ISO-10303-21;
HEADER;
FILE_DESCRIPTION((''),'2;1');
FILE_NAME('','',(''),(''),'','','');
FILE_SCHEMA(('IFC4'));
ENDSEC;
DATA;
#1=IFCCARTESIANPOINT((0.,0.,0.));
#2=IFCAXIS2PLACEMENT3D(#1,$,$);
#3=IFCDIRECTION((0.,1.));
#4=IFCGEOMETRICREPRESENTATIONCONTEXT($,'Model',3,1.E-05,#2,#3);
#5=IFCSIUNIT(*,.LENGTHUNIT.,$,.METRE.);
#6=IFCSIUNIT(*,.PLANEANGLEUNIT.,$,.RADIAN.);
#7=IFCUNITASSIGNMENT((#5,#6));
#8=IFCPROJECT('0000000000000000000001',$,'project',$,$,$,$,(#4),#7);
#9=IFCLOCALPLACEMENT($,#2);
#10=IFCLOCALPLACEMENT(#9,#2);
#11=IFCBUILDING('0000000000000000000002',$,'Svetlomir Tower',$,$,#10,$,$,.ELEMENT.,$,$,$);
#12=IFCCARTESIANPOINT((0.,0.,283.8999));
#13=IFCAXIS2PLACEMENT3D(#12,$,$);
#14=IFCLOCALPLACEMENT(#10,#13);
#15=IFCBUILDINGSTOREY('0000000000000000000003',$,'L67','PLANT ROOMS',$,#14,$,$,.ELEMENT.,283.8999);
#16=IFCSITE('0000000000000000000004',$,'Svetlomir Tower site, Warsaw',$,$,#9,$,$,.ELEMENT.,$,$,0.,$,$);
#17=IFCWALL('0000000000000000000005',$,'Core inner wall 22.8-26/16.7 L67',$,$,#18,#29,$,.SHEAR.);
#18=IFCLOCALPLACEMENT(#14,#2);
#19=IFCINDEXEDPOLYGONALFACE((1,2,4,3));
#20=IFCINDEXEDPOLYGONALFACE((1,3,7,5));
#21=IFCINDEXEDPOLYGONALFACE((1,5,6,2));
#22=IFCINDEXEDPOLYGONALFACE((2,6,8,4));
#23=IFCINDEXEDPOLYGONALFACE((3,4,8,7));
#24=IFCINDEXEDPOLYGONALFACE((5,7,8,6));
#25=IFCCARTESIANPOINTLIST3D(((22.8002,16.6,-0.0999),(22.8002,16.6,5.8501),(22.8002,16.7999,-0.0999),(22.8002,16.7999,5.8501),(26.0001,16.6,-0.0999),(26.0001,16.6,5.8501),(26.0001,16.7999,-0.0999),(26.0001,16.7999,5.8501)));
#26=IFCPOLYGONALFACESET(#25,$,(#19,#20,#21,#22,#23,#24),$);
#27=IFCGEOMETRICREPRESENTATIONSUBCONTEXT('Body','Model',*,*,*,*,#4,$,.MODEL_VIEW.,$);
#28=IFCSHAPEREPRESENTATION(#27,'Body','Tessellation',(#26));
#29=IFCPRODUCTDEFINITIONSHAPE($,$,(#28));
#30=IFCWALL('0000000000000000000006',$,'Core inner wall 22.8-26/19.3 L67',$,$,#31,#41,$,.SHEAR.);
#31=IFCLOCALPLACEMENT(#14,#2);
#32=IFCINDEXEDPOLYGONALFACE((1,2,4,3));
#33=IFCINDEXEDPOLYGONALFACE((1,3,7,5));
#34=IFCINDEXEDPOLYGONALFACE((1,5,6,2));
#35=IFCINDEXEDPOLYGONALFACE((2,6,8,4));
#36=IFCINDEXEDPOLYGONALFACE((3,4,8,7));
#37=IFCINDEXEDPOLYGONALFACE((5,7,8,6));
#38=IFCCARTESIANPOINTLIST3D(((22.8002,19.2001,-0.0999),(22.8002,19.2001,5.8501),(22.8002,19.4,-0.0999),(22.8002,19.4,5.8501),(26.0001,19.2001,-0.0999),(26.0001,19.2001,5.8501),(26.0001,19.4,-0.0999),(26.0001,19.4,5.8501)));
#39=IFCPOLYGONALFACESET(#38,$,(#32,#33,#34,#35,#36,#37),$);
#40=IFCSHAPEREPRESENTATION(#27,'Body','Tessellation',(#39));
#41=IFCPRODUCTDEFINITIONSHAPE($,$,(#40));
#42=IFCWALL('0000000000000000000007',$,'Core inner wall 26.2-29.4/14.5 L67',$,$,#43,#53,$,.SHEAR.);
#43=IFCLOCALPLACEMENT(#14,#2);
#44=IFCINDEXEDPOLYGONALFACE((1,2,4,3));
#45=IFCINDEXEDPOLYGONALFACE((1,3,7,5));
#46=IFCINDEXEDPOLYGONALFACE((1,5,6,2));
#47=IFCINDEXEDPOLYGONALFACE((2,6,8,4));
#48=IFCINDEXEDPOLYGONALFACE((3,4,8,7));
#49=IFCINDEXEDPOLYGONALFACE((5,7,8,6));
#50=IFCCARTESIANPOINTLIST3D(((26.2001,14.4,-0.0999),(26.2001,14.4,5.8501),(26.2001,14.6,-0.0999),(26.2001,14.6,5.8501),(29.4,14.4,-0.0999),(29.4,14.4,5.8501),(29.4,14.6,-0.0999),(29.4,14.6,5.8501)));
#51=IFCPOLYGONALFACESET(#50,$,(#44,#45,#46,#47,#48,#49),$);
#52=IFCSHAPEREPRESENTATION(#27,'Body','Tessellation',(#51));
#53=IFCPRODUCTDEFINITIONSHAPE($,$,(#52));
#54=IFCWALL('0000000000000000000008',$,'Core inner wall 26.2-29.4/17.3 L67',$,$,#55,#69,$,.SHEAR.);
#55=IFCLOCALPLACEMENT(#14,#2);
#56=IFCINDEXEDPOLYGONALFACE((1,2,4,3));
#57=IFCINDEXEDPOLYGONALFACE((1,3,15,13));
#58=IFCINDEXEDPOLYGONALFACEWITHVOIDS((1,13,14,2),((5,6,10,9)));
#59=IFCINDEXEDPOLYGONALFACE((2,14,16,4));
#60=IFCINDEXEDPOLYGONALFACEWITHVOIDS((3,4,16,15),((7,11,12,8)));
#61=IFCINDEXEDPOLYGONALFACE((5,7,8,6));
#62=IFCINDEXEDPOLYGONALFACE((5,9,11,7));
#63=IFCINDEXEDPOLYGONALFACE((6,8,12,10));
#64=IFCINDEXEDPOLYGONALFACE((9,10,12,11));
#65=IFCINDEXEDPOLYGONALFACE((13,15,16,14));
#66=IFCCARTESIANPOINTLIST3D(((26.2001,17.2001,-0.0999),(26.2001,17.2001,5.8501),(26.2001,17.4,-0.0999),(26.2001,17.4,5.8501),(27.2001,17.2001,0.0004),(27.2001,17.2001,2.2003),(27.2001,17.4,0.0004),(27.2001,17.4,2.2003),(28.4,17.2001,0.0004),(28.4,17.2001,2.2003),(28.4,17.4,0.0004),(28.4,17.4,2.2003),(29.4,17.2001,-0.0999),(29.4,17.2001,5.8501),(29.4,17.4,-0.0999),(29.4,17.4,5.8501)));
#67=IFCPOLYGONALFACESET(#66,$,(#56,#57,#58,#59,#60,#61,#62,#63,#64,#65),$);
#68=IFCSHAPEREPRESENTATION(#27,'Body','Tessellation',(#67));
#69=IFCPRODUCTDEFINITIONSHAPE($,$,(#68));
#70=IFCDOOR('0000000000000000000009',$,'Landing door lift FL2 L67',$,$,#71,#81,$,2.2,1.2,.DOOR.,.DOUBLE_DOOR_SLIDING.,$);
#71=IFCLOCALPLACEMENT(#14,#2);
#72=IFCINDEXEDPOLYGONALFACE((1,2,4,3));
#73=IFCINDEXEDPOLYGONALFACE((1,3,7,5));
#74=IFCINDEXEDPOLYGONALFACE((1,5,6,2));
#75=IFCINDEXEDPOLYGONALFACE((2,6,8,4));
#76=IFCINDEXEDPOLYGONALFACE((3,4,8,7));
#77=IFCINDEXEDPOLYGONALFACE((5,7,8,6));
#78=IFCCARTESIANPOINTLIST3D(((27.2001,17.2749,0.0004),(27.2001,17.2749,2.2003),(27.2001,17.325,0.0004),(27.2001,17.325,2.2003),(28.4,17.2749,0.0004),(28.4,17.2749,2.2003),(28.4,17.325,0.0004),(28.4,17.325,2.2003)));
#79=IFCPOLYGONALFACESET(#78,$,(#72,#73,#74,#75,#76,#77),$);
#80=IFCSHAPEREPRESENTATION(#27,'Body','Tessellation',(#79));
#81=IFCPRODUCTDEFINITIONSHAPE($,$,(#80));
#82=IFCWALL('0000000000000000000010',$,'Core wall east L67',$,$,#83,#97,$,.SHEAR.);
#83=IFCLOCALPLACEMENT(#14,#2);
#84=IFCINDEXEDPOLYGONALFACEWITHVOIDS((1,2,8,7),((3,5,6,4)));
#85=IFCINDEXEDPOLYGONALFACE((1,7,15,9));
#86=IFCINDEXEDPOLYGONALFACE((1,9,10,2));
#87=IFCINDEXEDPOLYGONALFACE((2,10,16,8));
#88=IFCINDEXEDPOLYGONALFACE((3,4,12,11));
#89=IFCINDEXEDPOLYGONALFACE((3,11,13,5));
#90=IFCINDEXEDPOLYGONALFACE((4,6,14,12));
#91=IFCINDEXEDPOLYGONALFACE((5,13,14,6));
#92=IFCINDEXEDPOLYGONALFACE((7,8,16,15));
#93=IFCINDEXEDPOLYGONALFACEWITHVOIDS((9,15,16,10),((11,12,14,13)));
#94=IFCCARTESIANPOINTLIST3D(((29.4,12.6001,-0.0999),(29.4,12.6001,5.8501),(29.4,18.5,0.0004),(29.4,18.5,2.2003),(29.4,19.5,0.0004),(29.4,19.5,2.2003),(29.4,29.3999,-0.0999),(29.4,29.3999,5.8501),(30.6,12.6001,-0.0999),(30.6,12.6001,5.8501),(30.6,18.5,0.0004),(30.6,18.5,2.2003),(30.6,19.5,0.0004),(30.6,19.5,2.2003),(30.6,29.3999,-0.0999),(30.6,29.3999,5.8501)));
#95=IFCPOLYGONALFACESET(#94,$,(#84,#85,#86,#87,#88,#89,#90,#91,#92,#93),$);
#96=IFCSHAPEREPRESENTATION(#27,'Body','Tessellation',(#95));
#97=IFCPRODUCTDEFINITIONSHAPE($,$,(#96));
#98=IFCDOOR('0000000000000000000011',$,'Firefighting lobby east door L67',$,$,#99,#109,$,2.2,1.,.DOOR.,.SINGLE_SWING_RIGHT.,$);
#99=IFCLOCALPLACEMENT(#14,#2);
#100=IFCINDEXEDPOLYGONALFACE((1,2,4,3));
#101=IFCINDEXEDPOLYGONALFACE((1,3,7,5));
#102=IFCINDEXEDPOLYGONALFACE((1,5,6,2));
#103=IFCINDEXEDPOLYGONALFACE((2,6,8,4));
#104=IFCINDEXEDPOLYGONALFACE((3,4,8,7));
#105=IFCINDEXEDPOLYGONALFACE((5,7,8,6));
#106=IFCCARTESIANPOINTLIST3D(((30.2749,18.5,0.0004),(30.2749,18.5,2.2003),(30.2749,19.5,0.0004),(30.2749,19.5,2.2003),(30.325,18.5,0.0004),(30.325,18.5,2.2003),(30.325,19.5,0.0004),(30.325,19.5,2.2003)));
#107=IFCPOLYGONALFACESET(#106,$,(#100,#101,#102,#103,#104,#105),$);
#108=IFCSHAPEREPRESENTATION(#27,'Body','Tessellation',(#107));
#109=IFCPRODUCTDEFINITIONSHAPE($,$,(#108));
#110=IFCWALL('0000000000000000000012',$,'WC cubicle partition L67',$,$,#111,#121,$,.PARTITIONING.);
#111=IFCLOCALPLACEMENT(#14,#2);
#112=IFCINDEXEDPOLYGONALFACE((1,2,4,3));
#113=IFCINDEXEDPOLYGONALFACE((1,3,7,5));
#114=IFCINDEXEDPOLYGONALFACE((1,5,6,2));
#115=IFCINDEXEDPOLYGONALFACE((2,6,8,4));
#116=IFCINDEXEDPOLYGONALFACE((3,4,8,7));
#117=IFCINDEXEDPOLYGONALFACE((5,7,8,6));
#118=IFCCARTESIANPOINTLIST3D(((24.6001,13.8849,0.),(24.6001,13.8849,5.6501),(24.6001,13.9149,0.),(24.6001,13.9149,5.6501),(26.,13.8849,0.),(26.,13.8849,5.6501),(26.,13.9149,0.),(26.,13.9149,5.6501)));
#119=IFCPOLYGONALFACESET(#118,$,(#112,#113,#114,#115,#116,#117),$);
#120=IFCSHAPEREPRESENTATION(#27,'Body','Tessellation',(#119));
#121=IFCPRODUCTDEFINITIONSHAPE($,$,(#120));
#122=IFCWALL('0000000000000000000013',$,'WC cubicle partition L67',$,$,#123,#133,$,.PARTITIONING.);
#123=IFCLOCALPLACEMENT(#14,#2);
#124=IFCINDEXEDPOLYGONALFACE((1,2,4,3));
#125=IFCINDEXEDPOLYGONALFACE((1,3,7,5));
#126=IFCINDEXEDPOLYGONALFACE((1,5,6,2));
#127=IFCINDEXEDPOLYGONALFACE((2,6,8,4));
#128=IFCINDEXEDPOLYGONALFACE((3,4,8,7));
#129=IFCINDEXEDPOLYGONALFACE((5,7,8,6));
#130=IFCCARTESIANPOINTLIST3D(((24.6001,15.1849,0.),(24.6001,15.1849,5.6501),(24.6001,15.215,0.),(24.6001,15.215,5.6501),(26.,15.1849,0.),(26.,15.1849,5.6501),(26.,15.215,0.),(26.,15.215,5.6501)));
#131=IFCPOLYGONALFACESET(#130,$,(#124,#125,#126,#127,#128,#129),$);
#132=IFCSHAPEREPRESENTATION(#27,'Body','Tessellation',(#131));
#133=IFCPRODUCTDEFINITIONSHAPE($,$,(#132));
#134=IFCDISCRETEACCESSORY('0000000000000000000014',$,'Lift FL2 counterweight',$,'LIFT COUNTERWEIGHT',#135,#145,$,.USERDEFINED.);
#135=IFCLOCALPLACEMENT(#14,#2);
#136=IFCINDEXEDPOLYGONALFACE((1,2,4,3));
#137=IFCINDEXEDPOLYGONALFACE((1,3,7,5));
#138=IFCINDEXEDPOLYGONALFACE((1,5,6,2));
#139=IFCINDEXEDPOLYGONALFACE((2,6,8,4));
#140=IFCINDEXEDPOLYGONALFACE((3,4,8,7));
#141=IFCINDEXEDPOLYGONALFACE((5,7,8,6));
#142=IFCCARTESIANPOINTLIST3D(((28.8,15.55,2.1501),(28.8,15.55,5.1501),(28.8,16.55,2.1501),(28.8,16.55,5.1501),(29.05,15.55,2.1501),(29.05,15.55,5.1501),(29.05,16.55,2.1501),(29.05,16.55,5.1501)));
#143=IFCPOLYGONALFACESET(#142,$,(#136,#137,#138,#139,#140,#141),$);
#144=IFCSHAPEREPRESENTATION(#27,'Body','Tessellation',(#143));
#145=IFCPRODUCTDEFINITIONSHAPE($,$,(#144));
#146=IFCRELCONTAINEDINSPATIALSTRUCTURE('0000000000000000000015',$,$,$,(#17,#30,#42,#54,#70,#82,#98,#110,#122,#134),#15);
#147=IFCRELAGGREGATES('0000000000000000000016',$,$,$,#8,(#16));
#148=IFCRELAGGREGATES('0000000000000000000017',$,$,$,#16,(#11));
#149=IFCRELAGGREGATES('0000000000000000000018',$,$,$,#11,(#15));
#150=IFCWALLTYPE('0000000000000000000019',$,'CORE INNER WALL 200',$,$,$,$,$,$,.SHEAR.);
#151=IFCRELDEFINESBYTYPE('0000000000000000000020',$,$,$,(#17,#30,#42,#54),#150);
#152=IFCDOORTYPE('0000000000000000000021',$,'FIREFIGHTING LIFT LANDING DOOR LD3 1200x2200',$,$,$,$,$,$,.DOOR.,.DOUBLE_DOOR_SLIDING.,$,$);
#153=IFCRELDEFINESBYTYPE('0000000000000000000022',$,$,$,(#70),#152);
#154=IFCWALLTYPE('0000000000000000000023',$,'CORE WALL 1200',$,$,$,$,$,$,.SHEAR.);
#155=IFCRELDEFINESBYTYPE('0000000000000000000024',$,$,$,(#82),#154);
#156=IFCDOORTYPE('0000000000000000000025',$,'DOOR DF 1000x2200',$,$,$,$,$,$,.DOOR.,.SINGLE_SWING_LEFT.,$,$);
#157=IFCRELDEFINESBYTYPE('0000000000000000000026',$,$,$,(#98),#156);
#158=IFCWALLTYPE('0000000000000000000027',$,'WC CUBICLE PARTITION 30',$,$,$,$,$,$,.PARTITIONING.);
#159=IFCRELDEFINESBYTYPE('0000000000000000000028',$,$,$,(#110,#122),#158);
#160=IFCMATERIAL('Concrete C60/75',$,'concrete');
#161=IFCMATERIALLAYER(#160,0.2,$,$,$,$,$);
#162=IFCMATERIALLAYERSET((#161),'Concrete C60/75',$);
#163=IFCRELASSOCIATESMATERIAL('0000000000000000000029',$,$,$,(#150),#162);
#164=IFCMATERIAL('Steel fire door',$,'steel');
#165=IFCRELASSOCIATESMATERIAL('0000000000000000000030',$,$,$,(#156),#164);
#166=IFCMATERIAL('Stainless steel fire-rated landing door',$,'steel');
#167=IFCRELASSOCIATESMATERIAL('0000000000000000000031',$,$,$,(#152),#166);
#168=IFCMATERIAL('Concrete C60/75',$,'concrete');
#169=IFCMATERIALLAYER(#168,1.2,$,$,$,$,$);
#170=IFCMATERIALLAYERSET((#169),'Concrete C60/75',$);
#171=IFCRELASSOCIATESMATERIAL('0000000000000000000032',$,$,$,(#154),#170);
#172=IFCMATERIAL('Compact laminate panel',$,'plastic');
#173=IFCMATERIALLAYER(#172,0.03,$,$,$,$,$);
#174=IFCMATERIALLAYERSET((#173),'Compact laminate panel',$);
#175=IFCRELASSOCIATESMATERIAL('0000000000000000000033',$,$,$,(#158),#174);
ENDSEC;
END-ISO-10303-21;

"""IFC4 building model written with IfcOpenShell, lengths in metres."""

from ifc_helpers import new_model, si_unit, direction, frame, frame_2d, origin, origin_2d, place, context, subcontext, project, spatial, rectangle, extrude, material, layer, layer_set, type_object, element, fill, save


model = new_model("IFC4")

# Units and contexts
model_context = context("Model", 3, precision=1e-05, world=origin(), true_north=direction((0.0, 1.0)))
body_context = subcontext(model_context, "Body", "Model", "MODEL_VIEW")
ifc_project = project(units=[si_unit("LENGTHUNIT", "METRE"), si_unit("PLANEANGLEUNIT", "RADIAN")], contexts=[model_context])

# Site, building, storey
site_placement = place(None, origin())
site = spatial("IfcSite", under=ifc_project, at=site_placement, Name="Svetlomir Tower site, Warsaw", CompositionType="ELEMENT", RefElevation=0.0)
building_placement = place(site_placement, origin())
building = spatial("IfcBuilding", under=site, at=building_placement, Name="Svetlomir Tower", CompositionType="ELEMENT")
storey_placement = place(building_placement, frame((0.0, 0.0, 283.8999)))
storey = spatial("IfcBuildingStorey", under=building, at=storey_placement, Name="L67", Description="PLANT ROOMS", CompositionType="ELEMENT", Elevation=283.8999)

# Shared definitions
ifc_material_1 = material(Name="Concrete C60/75", Category="concrete")
ifc_layer_1 = layer(ifc_material_1, 0.2)
ifc_layer_set_1 = layer_set([ifc_layer_1], Name="Concrete C60/75")
wall_type_1 = type_object("IfcWallType", Name="CORE INNER WALL 200", PredefinedType="SHEAR", material=ifc_layer_set_1)

# Shared definitions
ifc_material_2 = material(Name="Steel fire door", Category="steel")
door_type_1 = type_object("IfcDoorType", Name="DOOR DF 1000x2200", OperationType="SINGLE_SWING_LEFT", PredefinedType="DOOR", material=ifc_material_2)

# Walls
for number, where, z_axis, x_axis, name in (
    (1, (22.8, 16.7, -0.0999), (0.0, 0.0, 1.0), (1.0, 0.0, 0.0), "Core inner wall 22.8-26/16.7 L67"),
    (2, (22.8, 19.3, -0.0999), (0.0, 0.0, 1.0), (1.0, 0.0, 0.0), "Core inner wall 22.8-26/19.3 L67"),
    (3, (26.2, 14.5, -0.0999), (0.0, 0.0, 1.0), (1.0, 0.0, 0.0), "Core inner wall 26.2-29.4/14.5 L67"),
):
    element("IfcWall", number, at=place(storey_placement, frame(where, z_axis=z_axis, x_axis=x_axis)), inside=storey, type_object=wall_type_1, Name=name, PredefinedType="SHEAR", context=body_context, shape_type="SweptSolid", body=[
        extrude(rectangle(XDim=3.2, YDim=0.2, at=frame_2d((1.6001, 0.0))), origin(), (0.0, 0.0, 1.0), 5.95),
    ])

# Walls, openings, doors
wall_1_placement = place(storey_placement, frame((26.2, 17.3, -0.0999), z_axis=(0.0, 0.0, 1.0), x_axis=(1.0, 0.0, 0.0)))
wall_1 = element("IfcWall", 4, at=wall_1_placement, inside=storey, type_object=wall_type_1, Name="Core inner wall 26.2-29.4/17.3 L67", PredefinedType="SHEAR", context=body_context, shape_type="SweptSolid", body=[
    extrude(rectangle(XDim=3.2, YDim=0.2, at=frame_2d((1.6001, 0.0))), origin(), (0.0, 0.0, 1.0), 5.95),
])
opening_1_placement = place(wall_1_placement, frame((1.0, 0.0, 0.1001)))
opening_1 = element("IfcOpeningElement", 5, at=opening_1_placement, cuts=wall_1, PredefinedType="OPENING", context=body_context, shape_type="SweptSolid", body=[
    extrude(rectangle(XDim=1.2, YDim=2.2, at=frame_2d((0.6001, 1.1001))), frame((0.0, 0.1099, 0.0), z_axis=(0.0, -1.0, 0.0), x_axis=(1.0, 0.0, 0.0)), (0.0, 0.0, 1.0), 0.22),
])
ifc_material_3 = material(Name="Stainless steel fire-rated landing door", Category="steel")
door_type_2 = type_object("IfcDoorType", Name="FIREFIGHTING LIFT LANDING DOOR LD3 1200x2200", OperationType="DOUBLE_DOOR_SLIDING", PredefinedType="DOOR", material=ifc_material_3)
door_1_placement = place(opening_1_placement, origin())
door_1 = element("IfcDoor", 6, at=door_1_placement, inside=storey, type_object=door_type_2, Name="Landing door lift FL2 L67", OperationType="DOUBLE_DOOR_SLIDING", OverallHeight=2.2, OverallWidth=1.2, PredefinedType="DOOR", context=body_context, shape_type="SweptSolid", body=[
    extrude(rectangle(XDim=1.2, YDim=2.2, at=frame_2d((0.6001, 1.1001))), frame((0.0, 0.0249, 0.0), z_axis=(0.0, -1.0, 0.0), x_axis=(1.0, 0.0, 0.0)), (0.0, 0.0, 1.0), 0.05),
])
fill(opening_1, door_1)
ifc_material_4 = material(Name="Concrete C60/75", Category="concrete")
ifc_layer_2 = layer(ifc_material_4, 1.2)
ifc_layer_set_2 = layer_set([ifc_layer_2], Name="Concrete C60/75")
wall_type_2 = type_object("IfcWallType", Name="CORE WALL 1200", PredefinedType="SHEAR", material=ifc_layer_set_2)
wall_2_placement = place(storey_placement, frame((30.0, 12.6001, -0.0999), z_axis=(0.0, 0.0, 1.0), x_axis=(0.0, 1.0, 0.0)))
wall_2 = element("IfcWall", 7, at=wall_2_placement, inside=storey, type_object=wall_type_2, Name="Core wall east L67", PredefinedType="SHEAR", context=body_context, shape_type="SweptSolid", body=[
    extrude(rectangle(XDim=16.7998, YDim=1.2, at=frame_2d((8.3999, 0.0))), origin(), (0.0, 0.0, 1.0), 5.95),
])
opening_2_placement = place(wall_2_placement, frame((5.8999, 0.0, 0.1001)))
opening_2 = element("IfcOpeningElement", 8, at=opening_2_placement, cuts=wall_2, PredefinedType="OPENING", context=body_context, shape_type="SweptSolid", body=[
    extrude(rectangle(XDim=1.0, YDim=2.2, at=frame_2d((0.5, 1.1001))), frame((0.0, 0.6099, 0.0), z_axis=(0.0, -1.0, 0.0), x_axis=(1.0, 0.0, 0.0)), (0.0, 0.0, 1.0), 1.22),
])
door_2_placement = place(opening_2_placement, origin())
door_2 = element("IfcDoor", 9, at=door_2_placement, inside=storey, type_object=door_type_1, Name="Firefighting lobby east door L67", OperationType="SINGLE_SWING_RIGHT", OverallHeight=2.2, OverallWidth=1.0, PredefinedType="DOOR", context=body_context, shape_type="SweptSolid", body=[
    extrude(rectangle(XDim=1.0, YDim=2.2, at=frame_2d((0.5, 1.1001))), frame((0.0, -0.2749, 0.0), z_axis=(0.0, -1.0, 0.0), x_axis=(1.0, 0.0, 0.0)), (0.0, 0.0, 1.0), 0.05),
])
fill(opening_2, door_2)

# Walls
ifc_material_5 = material(Name="Compact laminate panel", Category="plastic")
ifc_layer_3 = layer(ifc_material_5, 0.03)
ifc_layer_set_3 = layer_set([ifc_layer_3], Name="Compact laminate panel")
wall_type_3 = type_object("IfcWallType", Name="WC CUBICLE PARTITION 30", PredefinedType="PARTITIONING", material=ifc_layer_set_3)
for number, where, z_axis, x_axis, name in (
    (10, (24.6001, 13.8999, 0.0), (0.0, 0.0, 1.0), (1.0, 0.0, 0.0), "WC cubicle partition L67"),
    (11, (24.6001, 15.2, 0.0), (0.0, 0.0, 1.0), (1.0, 0.0, 0.0), "WC cubicle partition L67"),
):
    element("IfcWall", number, at=place(storey_placement, frame(where, z_axis=z_axis, x_axis=x_axis)), inside=storey, type_object=wall_type_3, Name=name, PredefinedType="PARTITIONING", context=body_context, shape_type="SweptSolid", body=[
        extrude(rectangle(XDim=1.3999, YDim=0.03, at=frame_2d((0.7, 0.0))), origin(), (0.0, 0.0, 1.0), 5.6501),
    ])

# Discrete accessory
discrete_accessory_placement = place(storey_placement, frame((28.925, 16.05, 2.1501), z_axis=(0.0, 0.0, 1.0), x_axis=(1.0, 0.0, 0.0)))
element("IfcDiscreteAccessory", 12, at=discrete_accessory_placement, inside=storey, Name="Lift FL2 counterweight", ObjectType="LIFT COUNTERWEIGHT", PredefinedType="USERDEFINED", context=body_context, shape_type="SweptSolid", body=[
    extrude(rectangle(XDim=0.25, YDim=1.0, at=origin_2d()), origin(), (0.0, 0.0, 1.0), 3.0),
])

save(model, "model.ifc")
